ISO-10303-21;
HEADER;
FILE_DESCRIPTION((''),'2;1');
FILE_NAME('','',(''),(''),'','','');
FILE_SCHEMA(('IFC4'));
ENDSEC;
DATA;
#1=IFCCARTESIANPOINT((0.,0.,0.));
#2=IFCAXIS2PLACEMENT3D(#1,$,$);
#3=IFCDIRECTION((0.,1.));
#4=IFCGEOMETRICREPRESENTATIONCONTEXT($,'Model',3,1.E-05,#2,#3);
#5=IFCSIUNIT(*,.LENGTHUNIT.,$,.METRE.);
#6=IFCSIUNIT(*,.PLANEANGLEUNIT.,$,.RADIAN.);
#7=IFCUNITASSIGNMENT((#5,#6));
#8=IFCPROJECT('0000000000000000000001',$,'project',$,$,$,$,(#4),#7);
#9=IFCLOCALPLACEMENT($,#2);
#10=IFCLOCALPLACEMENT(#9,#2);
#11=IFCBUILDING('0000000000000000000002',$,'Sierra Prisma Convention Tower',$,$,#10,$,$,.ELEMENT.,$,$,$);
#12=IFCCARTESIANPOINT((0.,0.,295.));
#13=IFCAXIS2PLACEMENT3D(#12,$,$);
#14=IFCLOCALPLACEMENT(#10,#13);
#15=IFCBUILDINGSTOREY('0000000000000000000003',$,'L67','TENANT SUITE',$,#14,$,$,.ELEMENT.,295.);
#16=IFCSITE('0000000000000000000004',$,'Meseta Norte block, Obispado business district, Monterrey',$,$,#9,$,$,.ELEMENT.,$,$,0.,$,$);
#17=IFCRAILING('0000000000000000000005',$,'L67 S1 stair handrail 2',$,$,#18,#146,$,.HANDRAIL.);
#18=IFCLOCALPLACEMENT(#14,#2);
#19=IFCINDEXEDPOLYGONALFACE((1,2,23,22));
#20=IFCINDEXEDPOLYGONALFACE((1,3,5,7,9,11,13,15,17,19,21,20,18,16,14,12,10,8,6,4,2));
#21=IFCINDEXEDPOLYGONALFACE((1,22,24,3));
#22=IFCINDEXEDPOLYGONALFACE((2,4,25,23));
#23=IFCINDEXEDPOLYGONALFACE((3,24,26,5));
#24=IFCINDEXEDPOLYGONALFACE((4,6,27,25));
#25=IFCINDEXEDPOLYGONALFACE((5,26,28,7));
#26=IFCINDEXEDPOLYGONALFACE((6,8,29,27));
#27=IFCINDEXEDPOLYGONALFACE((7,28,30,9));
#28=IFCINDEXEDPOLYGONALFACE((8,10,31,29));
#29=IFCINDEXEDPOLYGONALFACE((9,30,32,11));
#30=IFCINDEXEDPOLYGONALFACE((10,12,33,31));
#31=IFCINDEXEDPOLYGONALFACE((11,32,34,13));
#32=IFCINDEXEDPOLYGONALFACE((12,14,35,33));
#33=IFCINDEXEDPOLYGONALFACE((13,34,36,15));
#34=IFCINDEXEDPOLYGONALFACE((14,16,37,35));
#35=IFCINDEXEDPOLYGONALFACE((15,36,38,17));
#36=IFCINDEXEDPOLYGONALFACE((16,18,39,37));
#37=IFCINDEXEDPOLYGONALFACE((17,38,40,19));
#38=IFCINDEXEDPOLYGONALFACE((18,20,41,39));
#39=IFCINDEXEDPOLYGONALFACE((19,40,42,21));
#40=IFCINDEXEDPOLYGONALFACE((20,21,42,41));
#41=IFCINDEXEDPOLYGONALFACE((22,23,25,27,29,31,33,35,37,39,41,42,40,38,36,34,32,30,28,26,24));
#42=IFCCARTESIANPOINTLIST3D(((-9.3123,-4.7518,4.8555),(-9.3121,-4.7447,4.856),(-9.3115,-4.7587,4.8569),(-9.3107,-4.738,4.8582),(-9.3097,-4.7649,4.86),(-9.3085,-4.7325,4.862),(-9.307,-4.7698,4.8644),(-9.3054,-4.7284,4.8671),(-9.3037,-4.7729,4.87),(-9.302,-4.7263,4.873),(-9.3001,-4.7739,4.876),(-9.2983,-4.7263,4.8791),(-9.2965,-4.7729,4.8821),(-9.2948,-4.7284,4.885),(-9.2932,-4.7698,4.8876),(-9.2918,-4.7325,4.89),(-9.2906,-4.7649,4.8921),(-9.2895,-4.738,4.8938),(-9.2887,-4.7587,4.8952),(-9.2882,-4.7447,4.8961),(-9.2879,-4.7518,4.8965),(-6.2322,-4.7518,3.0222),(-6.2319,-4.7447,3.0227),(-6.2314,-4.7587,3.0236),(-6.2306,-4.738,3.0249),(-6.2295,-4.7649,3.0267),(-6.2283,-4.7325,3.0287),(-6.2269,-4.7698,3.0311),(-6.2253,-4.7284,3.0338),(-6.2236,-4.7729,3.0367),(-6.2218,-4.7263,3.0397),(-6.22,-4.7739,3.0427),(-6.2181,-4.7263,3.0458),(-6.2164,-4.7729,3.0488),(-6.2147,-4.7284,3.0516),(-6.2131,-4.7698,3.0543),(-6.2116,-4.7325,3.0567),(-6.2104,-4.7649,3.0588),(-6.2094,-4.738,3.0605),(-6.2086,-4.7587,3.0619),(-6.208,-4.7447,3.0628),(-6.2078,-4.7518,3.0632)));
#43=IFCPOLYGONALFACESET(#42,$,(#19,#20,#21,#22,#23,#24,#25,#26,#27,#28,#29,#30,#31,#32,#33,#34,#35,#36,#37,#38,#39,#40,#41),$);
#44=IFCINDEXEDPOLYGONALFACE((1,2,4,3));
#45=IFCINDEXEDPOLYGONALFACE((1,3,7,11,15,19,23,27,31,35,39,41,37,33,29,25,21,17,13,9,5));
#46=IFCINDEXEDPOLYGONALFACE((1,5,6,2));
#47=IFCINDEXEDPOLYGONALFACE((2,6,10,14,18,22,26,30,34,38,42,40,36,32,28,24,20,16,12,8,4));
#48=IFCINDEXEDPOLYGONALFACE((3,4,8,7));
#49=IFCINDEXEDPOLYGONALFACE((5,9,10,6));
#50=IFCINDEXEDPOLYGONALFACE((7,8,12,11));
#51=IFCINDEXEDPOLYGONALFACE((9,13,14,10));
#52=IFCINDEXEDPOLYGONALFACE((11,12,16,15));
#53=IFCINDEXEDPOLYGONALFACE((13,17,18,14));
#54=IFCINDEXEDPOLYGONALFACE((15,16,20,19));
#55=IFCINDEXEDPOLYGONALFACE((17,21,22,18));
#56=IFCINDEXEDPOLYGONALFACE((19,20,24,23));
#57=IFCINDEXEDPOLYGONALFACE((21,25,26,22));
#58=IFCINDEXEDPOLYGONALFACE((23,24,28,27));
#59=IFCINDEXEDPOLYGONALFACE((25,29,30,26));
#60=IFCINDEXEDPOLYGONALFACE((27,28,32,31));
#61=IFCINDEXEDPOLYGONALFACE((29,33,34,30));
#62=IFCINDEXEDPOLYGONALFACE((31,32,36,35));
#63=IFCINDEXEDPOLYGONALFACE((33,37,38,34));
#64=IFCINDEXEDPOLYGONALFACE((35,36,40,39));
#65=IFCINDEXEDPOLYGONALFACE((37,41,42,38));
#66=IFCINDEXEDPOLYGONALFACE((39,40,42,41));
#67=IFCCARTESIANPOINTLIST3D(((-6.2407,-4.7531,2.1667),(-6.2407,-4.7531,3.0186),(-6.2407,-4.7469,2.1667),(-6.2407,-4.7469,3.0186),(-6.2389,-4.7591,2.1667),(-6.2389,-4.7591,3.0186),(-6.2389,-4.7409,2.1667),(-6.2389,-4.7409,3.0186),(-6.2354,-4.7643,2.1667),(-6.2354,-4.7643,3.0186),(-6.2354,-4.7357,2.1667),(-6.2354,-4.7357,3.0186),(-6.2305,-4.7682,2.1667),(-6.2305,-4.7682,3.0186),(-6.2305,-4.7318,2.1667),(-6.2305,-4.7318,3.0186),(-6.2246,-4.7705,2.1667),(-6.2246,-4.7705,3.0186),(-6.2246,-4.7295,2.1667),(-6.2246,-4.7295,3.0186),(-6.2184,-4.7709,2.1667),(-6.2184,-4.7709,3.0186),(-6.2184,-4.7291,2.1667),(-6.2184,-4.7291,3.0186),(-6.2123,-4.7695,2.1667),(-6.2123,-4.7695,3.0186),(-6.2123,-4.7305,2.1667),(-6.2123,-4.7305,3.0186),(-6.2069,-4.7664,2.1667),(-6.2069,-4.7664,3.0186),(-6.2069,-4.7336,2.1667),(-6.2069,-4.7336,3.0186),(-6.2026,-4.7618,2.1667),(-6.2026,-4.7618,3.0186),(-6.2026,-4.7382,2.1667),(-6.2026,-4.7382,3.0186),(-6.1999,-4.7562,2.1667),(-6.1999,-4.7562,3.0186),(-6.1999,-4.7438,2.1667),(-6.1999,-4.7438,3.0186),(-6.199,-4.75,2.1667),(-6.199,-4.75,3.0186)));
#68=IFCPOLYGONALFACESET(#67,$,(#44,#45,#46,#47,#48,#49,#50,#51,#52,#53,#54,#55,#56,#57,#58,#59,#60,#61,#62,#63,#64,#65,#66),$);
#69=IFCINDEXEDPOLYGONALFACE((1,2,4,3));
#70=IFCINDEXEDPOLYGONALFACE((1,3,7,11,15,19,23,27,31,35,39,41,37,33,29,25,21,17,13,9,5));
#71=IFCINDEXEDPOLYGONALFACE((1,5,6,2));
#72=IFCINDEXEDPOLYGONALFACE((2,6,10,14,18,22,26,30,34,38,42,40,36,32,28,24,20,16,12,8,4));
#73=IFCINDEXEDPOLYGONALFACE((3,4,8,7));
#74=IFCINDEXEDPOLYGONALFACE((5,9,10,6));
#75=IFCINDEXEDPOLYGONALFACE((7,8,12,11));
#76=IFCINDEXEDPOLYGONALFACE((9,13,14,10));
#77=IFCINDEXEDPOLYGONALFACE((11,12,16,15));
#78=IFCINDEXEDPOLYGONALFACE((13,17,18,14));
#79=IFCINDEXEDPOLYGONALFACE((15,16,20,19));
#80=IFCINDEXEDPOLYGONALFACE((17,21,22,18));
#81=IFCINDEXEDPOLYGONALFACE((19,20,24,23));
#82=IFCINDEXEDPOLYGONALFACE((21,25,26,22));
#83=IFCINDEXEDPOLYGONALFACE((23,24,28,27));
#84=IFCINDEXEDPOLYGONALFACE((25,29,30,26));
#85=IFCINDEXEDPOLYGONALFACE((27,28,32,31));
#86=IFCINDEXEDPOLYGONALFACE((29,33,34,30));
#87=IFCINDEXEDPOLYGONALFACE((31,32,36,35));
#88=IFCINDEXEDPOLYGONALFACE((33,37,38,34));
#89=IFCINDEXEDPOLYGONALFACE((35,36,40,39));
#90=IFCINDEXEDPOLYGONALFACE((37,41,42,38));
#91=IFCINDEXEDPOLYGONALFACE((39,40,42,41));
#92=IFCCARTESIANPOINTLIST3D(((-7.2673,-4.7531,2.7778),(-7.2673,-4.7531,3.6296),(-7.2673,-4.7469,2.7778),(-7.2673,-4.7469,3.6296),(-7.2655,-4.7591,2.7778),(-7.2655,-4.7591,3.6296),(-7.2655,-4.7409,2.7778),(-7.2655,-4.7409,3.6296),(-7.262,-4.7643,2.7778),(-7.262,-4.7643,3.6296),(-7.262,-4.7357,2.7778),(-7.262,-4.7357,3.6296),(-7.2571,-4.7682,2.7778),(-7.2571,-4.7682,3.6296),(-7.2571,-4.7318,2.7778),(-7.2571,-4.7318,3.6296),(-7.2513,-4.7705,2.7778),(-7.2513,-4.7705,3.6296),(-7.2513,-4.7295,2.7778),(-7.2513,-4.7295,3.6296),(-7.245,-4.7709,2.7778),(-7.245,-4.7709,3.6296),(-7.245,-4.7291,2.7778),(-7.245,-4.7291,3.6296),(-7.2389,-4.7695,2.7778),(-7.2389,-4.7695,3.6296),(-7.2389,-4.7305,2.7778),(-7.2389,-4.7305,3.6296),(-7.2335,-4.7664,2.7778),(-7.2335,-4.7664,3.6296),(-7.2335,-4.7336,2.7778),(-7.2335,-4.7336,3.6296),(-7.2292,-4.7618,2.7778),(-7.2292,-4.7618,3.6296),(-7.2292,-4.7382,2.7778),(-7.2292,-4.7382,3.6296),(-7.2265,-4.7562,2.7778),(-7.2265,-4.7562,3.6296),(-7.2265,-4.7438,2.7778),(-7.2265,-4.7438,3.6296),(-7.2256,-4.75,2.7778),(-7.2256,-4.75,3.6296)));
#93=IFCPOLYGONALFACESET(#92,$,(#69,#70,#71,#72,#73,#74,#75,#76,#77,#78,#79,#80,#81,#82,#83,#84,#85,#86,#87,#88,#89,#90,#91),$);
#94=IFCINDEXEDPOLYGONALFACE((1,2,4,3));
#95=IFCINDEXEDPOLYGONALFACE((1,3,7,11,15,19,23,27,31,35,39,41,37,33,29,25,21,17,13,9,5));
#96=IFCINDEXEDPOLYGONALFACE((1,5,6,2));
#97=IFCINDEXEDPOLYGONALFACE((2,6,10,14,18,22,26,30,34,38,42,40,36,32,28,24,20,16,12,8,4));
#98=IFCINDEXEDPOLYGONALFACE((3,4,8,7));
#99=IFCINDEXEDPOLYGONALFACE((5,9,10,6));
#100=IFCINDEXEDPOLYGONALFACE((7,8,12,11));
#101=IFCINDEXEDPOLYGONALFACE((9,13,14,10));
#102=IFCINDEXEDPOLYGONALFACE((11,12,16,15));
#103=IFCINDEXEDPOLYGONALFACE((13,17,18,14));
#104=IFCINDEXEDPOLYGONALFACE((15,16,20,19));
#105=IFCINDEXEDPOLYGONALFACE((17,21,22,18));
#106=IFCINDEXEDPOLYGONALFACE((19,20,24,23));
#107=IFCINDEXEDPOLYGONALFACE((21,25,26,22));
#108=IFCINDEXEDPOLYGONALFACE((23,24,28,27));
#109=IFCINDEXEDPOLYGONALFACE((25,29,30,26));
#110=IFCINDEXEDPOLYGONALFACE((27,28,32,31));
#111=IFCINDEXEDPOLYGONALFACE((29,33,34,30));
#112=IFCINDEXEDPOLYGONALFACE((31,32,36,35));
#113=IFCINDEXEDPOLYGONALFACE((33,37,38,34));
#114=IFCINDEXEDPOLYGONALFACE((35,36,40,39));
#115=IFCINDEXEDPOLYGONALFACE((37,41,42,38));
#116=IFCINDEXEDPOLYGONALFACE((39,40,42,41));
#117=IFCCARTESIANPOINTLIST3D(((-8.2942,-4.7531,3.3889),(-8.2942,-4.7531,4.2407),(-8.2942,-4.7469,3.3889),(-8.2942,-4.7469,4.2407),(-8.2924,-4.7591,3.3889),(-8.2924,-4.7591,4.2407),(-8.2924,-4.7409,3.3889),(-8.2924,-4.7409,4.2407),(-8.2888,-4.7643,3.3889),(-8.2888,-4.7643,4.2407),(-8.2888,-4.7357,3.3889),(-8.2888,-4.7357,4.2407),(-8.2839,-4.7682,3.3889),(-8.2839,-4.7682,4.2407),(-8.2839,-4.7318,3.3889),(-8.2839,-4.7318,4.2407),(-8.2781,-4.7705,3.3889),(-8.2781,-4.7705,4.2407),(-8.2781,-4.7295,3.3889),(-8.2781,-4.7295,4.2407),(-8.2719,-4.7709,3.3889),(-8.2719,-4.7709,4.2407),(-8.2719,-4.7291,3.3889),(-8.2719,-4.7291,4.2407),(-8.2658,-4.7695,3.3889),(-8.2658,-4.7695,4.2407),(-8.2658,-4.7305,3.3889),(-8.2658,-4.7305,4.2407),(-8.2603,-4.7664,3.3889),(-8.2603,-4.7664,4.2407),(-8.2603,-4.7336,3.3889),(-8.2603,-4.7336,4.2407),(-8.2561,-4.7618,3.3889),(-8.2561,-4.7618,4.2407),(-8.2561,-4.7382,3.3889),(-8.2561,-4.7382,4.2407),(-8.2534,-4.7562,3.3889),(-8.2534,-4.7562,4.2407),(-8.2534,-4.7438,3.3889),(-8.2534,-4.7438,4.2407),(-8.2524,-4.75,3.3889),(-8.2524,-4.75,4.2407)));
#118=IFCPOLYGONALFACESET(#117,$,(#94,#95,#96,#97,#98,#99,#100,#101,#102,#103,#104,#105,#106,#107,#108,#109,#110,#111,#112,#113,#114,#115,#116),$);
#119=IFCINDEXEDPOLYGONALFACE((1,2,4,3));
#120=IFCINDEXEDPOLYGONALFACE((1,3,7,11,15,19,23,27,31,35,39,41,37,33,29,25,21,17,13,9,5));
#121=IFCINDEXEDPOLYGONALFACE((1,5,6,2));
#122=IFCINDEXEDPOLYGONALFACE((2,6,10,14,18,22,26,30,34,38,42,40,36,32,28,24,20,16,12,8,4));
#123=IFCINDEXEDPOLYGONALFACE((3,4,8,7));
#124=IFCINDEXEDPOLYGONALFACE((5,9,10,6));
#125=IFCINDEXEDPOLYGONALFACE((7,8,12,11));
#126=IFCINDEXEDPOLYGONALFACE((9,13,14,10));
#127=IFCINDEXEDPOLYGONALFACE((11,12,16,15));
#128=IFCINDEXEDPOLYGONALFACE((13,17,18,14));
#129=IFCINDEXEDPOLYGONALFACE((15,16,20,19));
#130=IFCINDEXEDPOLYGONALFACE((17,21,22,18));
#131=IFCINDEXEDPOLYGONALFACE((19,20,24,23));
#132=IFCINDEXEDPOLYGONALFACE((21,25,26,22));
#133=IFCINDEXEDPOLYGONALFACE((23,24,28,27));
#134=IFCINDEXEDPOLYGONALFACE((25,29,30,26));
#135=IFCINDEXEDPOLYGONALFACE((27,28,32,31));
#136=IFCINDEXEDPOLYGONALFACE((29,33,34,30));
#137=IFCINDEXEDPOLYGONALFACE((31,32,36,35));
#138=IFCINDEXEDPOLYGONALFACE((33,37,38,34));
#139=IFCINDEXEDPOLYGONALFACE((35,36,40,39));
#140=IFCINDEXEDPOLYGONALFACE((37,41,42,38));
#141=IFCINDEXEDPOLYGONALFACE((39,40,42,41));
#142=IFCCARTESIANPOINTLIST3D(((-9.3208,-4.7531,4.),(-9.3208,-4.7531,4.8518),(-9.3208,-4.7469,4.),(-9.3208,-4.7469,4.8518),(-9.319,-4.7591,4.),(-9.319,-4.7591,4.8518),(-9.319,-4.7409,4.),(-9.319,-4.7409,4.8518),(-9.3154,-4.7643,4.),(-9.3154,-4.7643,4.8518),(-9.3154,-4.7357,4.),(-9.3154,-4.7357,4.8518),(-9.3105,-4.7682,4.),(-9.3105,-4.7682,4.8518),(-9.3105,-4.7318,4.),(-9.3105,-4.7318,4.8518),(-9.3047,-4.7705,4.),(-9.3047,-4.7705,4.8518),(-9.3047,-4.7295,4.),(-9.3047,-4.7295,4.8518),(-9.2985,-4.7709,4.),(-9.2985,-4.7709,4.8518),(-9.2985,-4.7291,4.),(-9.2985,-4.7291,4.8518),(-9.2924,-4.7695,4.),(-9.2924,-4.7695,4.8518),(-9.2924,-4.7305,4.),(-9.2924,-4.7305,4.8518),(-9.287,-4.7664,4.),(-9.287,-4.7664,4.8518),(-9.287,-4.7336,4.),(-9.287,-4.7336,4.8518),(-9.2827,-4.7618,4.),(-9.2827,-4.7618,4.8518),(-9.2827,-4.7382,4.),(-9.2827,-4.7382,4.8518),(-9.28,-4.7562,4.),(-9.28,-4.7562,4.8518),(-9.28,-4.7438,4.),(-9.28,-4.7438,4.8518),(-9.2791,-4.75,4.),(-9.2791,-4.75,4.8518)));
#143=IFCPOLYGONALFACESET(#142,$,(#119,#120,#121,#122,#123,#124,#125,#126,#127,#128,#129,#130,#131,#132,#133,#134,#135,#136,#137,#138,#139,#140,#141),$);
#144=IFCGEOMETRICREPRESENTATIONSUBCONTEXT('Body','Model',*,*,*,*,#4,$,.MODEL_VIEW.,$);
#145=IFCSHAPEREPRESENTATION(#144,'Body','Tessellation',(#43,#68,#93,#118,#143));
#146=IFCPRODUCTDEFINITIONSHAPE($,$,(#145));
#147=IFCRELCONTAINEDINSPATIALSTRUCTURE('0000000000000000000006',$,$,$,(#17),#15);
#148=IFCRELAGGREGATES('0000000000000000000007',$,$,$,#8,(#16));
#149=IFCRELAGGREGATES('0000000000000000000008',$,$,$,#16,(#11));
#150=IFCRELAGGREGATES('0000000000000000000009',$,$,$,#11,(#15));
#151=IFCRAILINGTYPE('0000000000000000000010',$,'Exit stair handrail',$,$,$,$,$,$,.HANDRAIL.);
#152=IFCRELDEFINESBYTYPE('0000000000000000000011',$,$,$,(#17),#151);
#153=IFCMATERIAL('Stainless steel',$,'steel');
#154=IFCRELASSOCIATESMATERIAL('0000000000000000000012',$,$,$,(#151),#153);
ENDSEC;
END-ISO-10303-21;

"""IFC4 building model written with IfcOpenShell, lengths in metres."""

from ifc_helpers import new_model, si_unit, direction, frame, origin, origin_2d, place, context, subcontext, project, spatial, circle, extrude, material, type_object, element, save


model = new_model("IFC4")

# Units and contexts
model_context = context("Model", 3, precision=1e-05, world=origin(), true_north=direction((0.0, 1.0)))
body_context = subcontext(model_context, "Body", "Model", "MODEL_VIEW")
ifc_project = project(units=[si_unit("LENGTHUNIT", "METRE"), si_unit("PLANEANGLEUNIT", "RADIAN")], contexts=[model_context])

# Site, building, storey
site_placement = place(None, origin())
site = spatial("IfcSite", under=ifc_project, at=site_placement, Name="Meseta Norte block, Obispado business district, Monterrey", CompositionType="ELEMENT", RefElevation=0.0)
building_placement = place(site_placement, origin())
building = spatial("IfcBuilding", under=site, at=building_placement, Name="Sierra Prisma Convention Tower", CompositionType="ELEMENT")
storey_placement = place(building_placement, frame((0.0, 0.0, 295.0)))
storey = spatial("IfcBuildingStorey", under=building, at=storey_placement, Name="L67", Description="TENANT SUITE", CompositionType="ELEMENT", Elevation=295.0)

# Railing
ifc_material_1 = material(Name="Stainless steel", Category="steel")
railing_type_1 = type_object("IfcRailingType", Name="Exit stair handrail", PredefinedType="HANDRAIL", material=ifc_material_1)
railing_1_placement = place(storey_placement, frame((-6.22, -4.75, 2.1667)))
element("IfcRailing", 1, at=railing_1_placement, inside=storey, type_object=railing_type_1, Name="L67 S1 stair handrail 2", PredefinedType="HANDRAIL", context=body_context, shape_type="SweptSolid", body=[
    extrude(circle(Radius=0.0239, at=origin_2d()), frame((0.0, 0.0, 0.876), z_axis=(-0.859309, 0.0, 0.511458), x_axis=(0.0, -1.0, 0.0)), (0.0, 0.0, 1.0), 3.5845),
    extrude(circle(Radius=0.021, at=origin_2d()), origin(), (0.0, 0.0, 1.0), 0.8518),
    extrude(circle(Radius=0.021, at=origin_2d()), frame((-1.0266, 0.0, 0.6111)), (0.0, 0.0, 1.0), 0.8518),
    extrude(circle(Radius=0.021, at=origin_2d()), frame((-2.0535, 0.0, 1.2222)), (0.0, 0.0, 1.0), 0.8518),
    extrude(circle(Radius=0.021, at=origin_2d()), frame((-3.0801, 0.0, 1.8333)), (0.0, 0.0, 1.0), 0.8518),
])

save(model, "model.ifc")
